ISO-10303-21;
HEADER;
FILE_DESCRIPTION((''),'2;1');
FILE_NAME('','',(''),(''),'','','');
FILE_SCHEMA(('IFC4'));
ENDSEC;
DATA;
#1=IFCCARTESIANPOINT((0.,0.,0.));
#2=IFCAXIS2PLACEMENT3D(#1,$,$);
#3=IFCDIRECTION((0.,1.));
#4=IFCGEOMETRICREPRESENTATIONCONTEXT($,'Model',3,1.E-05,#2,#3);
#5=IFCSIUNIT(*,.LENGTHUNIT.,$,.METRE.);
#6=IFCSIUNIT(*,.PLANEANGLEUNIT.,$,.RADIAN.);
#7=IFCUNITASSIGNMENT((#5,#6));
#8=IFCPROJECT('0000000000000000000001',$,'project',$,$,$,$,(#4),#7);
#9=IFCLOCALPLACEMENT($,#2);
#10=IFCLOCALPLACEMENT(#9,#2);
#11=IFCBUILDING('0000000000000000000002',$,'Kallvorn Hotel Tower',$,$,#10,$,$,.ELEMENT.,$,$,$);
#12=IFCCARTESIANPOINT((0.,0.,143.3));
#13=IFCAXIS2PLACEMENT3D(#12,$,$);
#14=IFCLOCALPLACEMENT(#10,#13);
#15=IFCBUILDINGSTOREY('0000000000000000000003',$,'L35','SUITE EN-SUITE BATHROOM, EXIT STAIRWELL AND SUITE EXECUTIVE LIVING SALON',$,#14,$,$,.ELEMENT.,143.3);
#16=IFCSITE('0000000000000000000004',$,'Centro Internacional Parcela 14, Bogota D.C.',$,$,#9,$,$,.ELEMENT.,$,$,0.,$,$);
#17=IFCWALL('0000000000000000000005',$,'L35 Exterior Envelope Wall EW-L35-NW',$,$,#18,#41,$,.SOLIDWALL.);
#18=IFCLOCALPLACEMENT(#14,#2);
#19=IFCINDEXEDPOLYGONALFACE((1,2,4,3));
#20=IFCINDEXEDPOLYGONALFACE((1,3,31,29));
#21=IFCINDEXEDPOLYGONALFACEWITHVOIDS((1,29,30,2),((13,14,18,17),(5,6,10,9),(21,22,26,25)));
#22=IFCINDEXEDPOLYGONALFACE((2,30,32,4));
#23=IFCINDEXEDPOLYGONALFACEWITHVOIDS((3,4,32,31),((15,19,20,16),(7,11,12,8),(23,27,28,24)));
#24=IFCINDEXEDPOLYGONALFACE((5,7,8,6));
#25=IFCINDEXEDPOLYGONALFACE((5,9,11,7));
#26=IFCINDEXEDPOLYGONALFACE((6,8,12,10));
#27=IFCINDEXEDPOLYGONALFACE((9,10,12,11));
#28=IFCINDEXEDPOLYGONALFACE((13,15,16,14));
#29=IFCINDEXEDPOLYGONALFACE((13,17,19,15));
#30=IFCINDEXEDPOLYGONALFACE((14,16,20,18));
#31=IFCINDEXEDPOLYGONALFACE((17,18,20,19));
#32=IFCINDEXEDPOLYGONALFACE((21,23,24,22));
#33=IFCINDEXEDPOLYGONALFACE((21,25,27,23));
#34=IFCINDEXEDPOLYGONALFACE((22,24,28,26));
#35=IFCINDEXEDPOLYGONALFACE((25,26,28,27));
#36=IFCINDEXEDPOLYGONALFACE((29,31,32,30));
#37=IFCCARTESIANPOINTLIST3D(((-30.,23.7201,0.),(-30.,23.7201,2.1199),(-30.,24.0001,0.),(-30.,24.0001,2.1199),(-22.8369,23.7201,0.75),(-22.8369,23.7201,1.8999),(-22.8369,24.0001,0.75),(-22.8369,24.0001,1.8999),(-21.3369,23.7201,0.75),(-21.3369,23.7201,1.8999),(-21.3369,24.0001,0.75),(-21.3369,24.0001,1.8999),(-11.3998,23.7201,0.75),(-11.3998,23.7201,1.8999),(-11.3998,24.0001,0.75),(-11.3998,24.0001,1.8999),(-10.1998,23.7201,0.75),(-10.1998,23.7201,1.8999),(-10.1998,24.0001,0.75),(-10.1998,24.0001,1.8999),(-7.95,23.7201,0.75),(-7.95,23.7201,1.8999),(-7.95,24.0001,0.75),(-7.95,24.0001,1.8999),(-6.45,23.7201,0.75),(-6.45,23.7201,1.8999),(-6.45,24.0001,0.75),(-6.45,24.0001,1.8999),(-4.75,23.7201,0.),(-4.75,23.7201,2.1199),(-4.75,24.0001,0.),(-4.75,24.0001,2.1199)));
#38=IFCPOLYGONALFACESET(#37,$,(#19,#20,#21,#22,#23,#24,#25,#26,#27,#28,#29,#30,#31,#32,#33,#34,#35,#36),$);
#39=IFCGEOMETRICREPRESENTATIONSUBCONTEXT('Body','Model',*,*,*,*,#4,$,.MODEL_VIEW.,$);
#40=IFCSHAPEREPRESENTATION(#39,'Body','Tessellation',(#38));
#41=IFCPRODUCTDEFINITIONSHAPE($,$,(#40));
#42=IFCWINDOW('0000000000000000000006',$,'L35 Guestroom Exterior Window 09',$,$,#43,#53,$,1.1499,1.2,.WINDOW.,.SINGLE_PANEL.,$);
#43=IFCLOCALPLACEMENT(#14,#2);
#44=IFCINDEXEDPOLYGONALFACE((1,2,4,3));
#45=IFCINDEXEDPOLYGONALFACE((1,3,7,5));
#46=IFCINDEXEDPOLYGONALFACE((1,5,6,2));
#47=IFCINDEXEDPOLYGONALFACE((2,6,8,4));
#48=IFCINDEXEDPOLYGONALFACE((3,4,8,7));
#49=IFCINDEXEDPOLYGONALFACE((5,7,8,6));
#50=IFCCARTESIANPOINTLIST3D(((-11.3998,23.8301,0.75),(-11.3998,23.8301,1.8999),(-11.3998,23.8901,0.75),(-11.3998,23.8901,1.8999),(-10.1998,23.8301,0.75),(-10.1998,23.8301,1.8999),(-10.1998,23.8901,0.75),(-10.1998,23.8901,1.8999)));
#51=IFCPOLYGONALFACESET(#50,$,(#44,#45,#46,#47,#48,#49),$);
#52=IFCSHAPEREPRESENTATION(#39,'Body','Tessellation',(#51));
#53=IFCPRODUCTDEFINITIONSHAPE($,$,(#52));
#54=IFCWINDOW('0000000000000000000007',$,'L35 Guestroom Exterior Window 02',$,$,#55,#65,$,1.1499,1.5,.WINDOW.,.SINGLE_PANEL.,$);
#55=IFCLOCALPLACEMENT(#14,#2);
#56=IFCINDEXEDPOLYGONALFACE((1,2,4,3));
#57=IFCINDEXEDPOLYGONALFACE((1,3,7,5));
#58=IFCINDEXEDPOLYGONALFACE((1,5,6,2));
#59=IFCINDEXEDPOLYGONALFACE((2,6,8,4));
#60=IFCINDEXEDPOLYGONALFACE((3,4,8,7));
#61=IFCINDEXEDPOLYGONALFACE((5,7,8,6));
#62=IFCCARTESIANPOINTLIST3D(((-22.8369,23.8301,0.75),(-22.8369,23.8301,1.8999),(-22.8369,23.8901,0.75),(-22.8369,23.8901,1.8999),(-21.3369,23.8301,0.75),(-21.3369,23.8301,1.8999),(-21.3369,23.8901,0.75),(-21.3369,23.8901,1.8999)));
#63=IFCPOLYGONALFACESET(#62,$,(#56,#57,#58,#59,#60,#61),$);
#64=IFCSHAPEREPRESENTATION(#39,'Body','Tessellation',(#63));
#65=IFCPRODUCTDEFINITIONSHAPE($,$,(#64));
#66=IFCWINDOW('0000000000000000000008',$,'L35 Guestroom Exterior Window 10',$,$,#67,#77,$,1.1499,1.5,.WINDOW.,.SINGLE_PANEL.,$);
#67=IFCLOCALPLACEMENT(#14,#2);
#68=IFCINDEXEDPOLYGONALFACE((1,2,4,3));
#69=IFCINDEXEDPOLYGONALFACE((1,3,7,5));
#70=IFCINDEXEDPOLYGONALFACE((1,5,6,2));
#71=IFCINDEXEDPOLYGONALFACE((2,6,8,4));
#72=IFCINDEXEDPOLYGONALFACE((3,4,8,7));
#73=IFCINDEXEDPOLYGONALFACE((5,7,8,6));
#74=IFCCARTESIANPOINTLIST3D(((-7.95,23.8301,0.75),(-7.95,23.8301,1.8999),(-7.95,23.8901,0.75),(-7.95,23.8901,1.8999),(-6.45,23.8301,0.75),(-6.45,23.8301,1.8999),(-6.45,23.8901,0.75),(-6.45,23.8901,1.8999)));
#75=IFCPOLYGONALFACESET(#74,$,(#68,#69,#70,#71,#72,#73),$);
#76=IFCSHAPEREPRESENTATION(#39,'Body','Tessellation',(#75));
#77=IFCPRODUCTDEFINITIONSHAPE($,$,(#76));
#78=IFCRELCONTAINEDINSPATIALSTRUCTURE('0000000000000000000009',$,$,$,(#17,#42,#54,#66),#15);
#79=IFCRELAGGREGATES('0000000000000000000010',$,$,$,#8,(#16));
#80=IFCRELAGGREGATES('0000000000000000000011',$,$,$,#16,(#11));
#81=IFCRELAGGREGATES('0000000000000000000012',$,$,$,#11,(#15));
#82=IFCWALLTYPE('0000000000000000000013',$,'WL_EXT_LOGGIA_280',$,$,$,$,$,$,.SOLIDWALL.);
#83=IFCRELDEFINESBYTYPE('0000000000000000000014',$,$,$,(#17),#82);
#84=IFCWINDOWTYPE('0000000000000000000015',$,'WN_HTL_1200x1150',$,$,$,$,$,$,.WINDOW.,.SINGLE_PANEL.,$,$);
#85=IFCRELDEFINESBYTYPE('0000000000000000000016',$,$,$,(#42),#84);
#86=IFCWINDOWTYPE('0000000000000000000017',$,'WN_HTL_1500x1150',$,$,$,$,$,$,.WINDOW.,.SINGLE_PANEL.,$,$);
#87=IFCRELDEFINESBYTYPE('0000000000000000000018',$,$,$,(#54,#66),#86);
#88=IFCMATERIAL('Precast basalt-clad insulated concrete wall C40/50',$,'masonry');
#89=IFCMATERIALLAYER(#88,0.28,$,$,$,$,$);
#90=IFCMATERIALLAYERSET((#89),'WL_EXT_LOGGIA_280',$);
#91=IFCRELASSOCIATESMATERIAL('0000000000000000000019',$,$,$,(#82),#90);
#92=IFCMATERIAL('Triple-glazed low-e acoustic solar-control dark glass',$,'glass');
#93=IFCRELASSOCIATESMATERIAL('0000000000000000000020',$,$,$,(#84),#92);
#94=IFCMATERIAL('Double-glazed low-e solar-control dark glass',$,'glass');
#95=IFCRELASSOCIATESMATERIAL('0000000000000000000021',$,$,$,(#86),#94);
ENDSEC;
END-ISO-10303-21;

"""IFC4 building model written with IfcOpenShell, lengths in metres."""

from ifc_helpers import new_model, si_unit, direction, frame, frame_2d, origin, place, context, subcontext, project, spatial, rectangle, extrude, material, layer, layer_set, type_object, element, fill, save


model = new_model("IFC4")

# Units and contexts
model_context = context("Model", 3, precision=1e-05, world=origin(), true_north=direction((0.0, 1.0)))
body_context = subcontext(model_context, "Body", "Model", "MODEL_VIEW")
ifc_project = project(units=[si_unit("LENGTHUNIT", "METRE"), si_unit("PLANEANGLEUNIT", "RADIAN")], contexts=[model_context])

# Site, building, storey
site_placement = place(None, origin())
site = spatial("IfcSite", under=ifc_project, at=site_placement, Name="Centro Internacional Parcela 14, Bogota D.C.", CompositionType="ELEMENT", RefElevation=0.0)
building_placement = place(site_placement, origin())
building = spatial("IfcBuilding", under=site, at=building_placement, Name="Kallvorn Hotel Tower", CompositionType="ELEMENT")
storey_placement = place(building_placement, frame((0.0, 0.0, 143.3)))
storey = spatial("IfcBuildingStorey", under=building, at=storey_placement, Name="L35", Description="SUITE EN-SUITE BATHROOM, EXIT STAIRWELL AND SUITE EXECUTIVE LIVING SALON", CompositionType="ELEMENT", Elevation=143.3)

# Shared definitions
ifc_material_1 = material(Name="Precast basalt-clad insulated concrete wall C40/50", Category="masonry")
ifc_layer_1 = layer(ifc_material_1, 0.28)
ifc_layer_set_1 = layer_set([ifc_layer_1], Name="WL_EXT_LOGGIA_280")
wall_type = type_object("IfcWallType", Name="WL_EXT_LOGGIA_280", PredefinedType="SOLIDWALL", material=ifc_layer_set_1)

# Wall, openings, windows
wall_1_placement = place(storey_placement, frame((-30.0, 23.8601, 0.0), z_axis=(0.0, 0.0, 1.0), x_axis=(1.0, 0.0, 0.0)))
wall_1 = element("IfcWall", 1, at=wall_1_placement, inside=storey, type_object=wall_type, Name="L35 Exterior Envelope Wall EW-L35-NW", PredefinedType="SOLIDWALL", context=body_context, shape_type="SweptSolid", body=[
    extrude(rectangle(XDim=25.25, YDim=0.28, at=frame_2d((12.625, 0.0))), origin(), (0.0, 0.0, 1.0), 2.1199),
])
opening_1_placement = place(wall_1_placement, frame((7.1631, 0.0, 0.75)))
opening_1 = element("IfcOpeningElement", 2, at=opening_1_placement, cuts=wall_1, PredefinedType="OPENING", context=body_context, shape_type="SweptSolid", body=[
    extrude(rectangle(XDim=1.5, YDim=1.1499, at=frame_2d((0.75, 0.575))), frame((0.0, 0.155, 0.0), z_axis=(0.0, -1.0, 0.0), x_axis=(1.0, 0.0, 0.0)), (0.0, 0.0, 1.0), 0.3101),
])
opening_2_placement = place(wall_1_placement, frame((18.6001, 0.0, 0.75)))
opening_2 = element("IfcOpeningElement", 3, at=opening_2_placement, cuts=wall_1, PredefinedType="OPENING", context=body_context, shape_type="SweptSolid", body=[
    extrude(rectangle(XDim=1.2, YDim=1.1499, at=frame_2d((0.6001, 0.575))), frame((0.0, 0.155, 0.0), z_axis=(0.0, -1.0, 0.0), x_axis=(1.0, 0.0, 0.0)), (0.0, 0.0, 1.0), 0.3101),
])
opening_3_placement = place(wall_1_placement, frame((22.05, 0.0, 0.75)))
opening_3 = element("IfcOpeningElement", 4, at=opening_3_placement, cuts=wall_1, PredefinedType="OPENING", context=body_context, shape_type="SweptSolid", body=[
    extrude(rectangle(XDim=1.5, YDim=1.1499, at=frame_2d((0.75, 0.575))), frame((0.0, 0.155, 0.0), z_axis=(0.0, -1.0, 0.0), x_axis=(1.0, 0.0, 0.0)), (0.0, 0.0, 1.0), 0.3101),
])
ifc_material_2 = material(Name="Triple-glazed low-e acoustic solar-control dark glass", Category="glass")
window_type_1 = type_object("IfcWindowType", Name="WN_HTL_1200x1150", PartitioningType="SINGLE_PANEL", PredefinedType="WINDOW", material=ifc_material_2)
window_1_placement = place(opening_2_placement, origin())
window_1 = element("IfcWindow", 5, at=window_1_placement, inside=storey, type_object=window_type_1, Name="L35 Guestroom Exterior Window 09", OverallHeight=1.1499, OverallWidth=1.2, PartitioningType="SINGLE_PANEL", PredefinedType="WINDOW", context=body_context, shape_type="SweptSolid", body=[
    extrude(rectangle(XDim=1.2, YDim=1.1499, at=frame_2d((0.6001, 0.575))), frame((0.0, 0.03, 0.0), z_axis=(0.0, -1.0, 0.0), x_axis=(1.0, 0.0, 0.0)), (0.0, 0.0, 1.0), 0.0601),
])
fill(opening_2, window_1)
ifc_material_3 = material(Name="Double-glazed low-e solar-control dark glass", Category="glass")
window_type_2 = type_object("IfcWindowType", Name="WN_HTL_1500x1150", PartitioningType="SINGLE_PANEL", PredefinedType="WINDOW", material=ifc_material_3)
window_2_placement = place(opening_1_placement, origin())
window_2 = element("IfcWindow", 6, at=window_2_placement, inside=storey, type_object=window_type_2, Name="L35 Guestroom Exterior Window 02", OverallHeight=1.1499, OverallWidth=1.5, PartitioningType="SINGLE_PANEL", PredefinedType="WINDOW", context=body_context, shape_type="SweptSolid", body=[
    extrude(rectangle(XDim=1.5, YDim=1.1499, at=frame_2d((0.75, 0.575))), frame((0.0, 0.03, 0.0), z_axis=(0.0, -1.0, 0.0), x_axis=(1.0, 0.0, 0.0)), (0.0, 0.0, 1.0), 0.0601),
])
fill(opening_1, window_2)
window_3_placement = place(opening_3_placement, origin())
window_3 = element("IfcWindow", 7, at=window_3_placement, inside=storey, type_object=window_type_2, Name="L35 Guestroom Exterior Window 10", OverallHeight=1.1499, OverallWidth=1.5, PartitioningType="SINGLE_PANEL", PredefinedType="WINDOW", context=body_context, shape_type="SweptSolid", body=[
    extrude(rectangle(XDim=1.5, YDim=1.1499, at=frame_2d((0.75, 0.575))), frame((0.0, 0.03, 0.0), z_axis=(0.0, -1.0, 0.0), x_axis=(1.0, 0.0, 0.0)), (0.0, 0.0, 1.0), 0.0601),
])
fill(opening_3, window_3)

save(model, "model.ifc")
